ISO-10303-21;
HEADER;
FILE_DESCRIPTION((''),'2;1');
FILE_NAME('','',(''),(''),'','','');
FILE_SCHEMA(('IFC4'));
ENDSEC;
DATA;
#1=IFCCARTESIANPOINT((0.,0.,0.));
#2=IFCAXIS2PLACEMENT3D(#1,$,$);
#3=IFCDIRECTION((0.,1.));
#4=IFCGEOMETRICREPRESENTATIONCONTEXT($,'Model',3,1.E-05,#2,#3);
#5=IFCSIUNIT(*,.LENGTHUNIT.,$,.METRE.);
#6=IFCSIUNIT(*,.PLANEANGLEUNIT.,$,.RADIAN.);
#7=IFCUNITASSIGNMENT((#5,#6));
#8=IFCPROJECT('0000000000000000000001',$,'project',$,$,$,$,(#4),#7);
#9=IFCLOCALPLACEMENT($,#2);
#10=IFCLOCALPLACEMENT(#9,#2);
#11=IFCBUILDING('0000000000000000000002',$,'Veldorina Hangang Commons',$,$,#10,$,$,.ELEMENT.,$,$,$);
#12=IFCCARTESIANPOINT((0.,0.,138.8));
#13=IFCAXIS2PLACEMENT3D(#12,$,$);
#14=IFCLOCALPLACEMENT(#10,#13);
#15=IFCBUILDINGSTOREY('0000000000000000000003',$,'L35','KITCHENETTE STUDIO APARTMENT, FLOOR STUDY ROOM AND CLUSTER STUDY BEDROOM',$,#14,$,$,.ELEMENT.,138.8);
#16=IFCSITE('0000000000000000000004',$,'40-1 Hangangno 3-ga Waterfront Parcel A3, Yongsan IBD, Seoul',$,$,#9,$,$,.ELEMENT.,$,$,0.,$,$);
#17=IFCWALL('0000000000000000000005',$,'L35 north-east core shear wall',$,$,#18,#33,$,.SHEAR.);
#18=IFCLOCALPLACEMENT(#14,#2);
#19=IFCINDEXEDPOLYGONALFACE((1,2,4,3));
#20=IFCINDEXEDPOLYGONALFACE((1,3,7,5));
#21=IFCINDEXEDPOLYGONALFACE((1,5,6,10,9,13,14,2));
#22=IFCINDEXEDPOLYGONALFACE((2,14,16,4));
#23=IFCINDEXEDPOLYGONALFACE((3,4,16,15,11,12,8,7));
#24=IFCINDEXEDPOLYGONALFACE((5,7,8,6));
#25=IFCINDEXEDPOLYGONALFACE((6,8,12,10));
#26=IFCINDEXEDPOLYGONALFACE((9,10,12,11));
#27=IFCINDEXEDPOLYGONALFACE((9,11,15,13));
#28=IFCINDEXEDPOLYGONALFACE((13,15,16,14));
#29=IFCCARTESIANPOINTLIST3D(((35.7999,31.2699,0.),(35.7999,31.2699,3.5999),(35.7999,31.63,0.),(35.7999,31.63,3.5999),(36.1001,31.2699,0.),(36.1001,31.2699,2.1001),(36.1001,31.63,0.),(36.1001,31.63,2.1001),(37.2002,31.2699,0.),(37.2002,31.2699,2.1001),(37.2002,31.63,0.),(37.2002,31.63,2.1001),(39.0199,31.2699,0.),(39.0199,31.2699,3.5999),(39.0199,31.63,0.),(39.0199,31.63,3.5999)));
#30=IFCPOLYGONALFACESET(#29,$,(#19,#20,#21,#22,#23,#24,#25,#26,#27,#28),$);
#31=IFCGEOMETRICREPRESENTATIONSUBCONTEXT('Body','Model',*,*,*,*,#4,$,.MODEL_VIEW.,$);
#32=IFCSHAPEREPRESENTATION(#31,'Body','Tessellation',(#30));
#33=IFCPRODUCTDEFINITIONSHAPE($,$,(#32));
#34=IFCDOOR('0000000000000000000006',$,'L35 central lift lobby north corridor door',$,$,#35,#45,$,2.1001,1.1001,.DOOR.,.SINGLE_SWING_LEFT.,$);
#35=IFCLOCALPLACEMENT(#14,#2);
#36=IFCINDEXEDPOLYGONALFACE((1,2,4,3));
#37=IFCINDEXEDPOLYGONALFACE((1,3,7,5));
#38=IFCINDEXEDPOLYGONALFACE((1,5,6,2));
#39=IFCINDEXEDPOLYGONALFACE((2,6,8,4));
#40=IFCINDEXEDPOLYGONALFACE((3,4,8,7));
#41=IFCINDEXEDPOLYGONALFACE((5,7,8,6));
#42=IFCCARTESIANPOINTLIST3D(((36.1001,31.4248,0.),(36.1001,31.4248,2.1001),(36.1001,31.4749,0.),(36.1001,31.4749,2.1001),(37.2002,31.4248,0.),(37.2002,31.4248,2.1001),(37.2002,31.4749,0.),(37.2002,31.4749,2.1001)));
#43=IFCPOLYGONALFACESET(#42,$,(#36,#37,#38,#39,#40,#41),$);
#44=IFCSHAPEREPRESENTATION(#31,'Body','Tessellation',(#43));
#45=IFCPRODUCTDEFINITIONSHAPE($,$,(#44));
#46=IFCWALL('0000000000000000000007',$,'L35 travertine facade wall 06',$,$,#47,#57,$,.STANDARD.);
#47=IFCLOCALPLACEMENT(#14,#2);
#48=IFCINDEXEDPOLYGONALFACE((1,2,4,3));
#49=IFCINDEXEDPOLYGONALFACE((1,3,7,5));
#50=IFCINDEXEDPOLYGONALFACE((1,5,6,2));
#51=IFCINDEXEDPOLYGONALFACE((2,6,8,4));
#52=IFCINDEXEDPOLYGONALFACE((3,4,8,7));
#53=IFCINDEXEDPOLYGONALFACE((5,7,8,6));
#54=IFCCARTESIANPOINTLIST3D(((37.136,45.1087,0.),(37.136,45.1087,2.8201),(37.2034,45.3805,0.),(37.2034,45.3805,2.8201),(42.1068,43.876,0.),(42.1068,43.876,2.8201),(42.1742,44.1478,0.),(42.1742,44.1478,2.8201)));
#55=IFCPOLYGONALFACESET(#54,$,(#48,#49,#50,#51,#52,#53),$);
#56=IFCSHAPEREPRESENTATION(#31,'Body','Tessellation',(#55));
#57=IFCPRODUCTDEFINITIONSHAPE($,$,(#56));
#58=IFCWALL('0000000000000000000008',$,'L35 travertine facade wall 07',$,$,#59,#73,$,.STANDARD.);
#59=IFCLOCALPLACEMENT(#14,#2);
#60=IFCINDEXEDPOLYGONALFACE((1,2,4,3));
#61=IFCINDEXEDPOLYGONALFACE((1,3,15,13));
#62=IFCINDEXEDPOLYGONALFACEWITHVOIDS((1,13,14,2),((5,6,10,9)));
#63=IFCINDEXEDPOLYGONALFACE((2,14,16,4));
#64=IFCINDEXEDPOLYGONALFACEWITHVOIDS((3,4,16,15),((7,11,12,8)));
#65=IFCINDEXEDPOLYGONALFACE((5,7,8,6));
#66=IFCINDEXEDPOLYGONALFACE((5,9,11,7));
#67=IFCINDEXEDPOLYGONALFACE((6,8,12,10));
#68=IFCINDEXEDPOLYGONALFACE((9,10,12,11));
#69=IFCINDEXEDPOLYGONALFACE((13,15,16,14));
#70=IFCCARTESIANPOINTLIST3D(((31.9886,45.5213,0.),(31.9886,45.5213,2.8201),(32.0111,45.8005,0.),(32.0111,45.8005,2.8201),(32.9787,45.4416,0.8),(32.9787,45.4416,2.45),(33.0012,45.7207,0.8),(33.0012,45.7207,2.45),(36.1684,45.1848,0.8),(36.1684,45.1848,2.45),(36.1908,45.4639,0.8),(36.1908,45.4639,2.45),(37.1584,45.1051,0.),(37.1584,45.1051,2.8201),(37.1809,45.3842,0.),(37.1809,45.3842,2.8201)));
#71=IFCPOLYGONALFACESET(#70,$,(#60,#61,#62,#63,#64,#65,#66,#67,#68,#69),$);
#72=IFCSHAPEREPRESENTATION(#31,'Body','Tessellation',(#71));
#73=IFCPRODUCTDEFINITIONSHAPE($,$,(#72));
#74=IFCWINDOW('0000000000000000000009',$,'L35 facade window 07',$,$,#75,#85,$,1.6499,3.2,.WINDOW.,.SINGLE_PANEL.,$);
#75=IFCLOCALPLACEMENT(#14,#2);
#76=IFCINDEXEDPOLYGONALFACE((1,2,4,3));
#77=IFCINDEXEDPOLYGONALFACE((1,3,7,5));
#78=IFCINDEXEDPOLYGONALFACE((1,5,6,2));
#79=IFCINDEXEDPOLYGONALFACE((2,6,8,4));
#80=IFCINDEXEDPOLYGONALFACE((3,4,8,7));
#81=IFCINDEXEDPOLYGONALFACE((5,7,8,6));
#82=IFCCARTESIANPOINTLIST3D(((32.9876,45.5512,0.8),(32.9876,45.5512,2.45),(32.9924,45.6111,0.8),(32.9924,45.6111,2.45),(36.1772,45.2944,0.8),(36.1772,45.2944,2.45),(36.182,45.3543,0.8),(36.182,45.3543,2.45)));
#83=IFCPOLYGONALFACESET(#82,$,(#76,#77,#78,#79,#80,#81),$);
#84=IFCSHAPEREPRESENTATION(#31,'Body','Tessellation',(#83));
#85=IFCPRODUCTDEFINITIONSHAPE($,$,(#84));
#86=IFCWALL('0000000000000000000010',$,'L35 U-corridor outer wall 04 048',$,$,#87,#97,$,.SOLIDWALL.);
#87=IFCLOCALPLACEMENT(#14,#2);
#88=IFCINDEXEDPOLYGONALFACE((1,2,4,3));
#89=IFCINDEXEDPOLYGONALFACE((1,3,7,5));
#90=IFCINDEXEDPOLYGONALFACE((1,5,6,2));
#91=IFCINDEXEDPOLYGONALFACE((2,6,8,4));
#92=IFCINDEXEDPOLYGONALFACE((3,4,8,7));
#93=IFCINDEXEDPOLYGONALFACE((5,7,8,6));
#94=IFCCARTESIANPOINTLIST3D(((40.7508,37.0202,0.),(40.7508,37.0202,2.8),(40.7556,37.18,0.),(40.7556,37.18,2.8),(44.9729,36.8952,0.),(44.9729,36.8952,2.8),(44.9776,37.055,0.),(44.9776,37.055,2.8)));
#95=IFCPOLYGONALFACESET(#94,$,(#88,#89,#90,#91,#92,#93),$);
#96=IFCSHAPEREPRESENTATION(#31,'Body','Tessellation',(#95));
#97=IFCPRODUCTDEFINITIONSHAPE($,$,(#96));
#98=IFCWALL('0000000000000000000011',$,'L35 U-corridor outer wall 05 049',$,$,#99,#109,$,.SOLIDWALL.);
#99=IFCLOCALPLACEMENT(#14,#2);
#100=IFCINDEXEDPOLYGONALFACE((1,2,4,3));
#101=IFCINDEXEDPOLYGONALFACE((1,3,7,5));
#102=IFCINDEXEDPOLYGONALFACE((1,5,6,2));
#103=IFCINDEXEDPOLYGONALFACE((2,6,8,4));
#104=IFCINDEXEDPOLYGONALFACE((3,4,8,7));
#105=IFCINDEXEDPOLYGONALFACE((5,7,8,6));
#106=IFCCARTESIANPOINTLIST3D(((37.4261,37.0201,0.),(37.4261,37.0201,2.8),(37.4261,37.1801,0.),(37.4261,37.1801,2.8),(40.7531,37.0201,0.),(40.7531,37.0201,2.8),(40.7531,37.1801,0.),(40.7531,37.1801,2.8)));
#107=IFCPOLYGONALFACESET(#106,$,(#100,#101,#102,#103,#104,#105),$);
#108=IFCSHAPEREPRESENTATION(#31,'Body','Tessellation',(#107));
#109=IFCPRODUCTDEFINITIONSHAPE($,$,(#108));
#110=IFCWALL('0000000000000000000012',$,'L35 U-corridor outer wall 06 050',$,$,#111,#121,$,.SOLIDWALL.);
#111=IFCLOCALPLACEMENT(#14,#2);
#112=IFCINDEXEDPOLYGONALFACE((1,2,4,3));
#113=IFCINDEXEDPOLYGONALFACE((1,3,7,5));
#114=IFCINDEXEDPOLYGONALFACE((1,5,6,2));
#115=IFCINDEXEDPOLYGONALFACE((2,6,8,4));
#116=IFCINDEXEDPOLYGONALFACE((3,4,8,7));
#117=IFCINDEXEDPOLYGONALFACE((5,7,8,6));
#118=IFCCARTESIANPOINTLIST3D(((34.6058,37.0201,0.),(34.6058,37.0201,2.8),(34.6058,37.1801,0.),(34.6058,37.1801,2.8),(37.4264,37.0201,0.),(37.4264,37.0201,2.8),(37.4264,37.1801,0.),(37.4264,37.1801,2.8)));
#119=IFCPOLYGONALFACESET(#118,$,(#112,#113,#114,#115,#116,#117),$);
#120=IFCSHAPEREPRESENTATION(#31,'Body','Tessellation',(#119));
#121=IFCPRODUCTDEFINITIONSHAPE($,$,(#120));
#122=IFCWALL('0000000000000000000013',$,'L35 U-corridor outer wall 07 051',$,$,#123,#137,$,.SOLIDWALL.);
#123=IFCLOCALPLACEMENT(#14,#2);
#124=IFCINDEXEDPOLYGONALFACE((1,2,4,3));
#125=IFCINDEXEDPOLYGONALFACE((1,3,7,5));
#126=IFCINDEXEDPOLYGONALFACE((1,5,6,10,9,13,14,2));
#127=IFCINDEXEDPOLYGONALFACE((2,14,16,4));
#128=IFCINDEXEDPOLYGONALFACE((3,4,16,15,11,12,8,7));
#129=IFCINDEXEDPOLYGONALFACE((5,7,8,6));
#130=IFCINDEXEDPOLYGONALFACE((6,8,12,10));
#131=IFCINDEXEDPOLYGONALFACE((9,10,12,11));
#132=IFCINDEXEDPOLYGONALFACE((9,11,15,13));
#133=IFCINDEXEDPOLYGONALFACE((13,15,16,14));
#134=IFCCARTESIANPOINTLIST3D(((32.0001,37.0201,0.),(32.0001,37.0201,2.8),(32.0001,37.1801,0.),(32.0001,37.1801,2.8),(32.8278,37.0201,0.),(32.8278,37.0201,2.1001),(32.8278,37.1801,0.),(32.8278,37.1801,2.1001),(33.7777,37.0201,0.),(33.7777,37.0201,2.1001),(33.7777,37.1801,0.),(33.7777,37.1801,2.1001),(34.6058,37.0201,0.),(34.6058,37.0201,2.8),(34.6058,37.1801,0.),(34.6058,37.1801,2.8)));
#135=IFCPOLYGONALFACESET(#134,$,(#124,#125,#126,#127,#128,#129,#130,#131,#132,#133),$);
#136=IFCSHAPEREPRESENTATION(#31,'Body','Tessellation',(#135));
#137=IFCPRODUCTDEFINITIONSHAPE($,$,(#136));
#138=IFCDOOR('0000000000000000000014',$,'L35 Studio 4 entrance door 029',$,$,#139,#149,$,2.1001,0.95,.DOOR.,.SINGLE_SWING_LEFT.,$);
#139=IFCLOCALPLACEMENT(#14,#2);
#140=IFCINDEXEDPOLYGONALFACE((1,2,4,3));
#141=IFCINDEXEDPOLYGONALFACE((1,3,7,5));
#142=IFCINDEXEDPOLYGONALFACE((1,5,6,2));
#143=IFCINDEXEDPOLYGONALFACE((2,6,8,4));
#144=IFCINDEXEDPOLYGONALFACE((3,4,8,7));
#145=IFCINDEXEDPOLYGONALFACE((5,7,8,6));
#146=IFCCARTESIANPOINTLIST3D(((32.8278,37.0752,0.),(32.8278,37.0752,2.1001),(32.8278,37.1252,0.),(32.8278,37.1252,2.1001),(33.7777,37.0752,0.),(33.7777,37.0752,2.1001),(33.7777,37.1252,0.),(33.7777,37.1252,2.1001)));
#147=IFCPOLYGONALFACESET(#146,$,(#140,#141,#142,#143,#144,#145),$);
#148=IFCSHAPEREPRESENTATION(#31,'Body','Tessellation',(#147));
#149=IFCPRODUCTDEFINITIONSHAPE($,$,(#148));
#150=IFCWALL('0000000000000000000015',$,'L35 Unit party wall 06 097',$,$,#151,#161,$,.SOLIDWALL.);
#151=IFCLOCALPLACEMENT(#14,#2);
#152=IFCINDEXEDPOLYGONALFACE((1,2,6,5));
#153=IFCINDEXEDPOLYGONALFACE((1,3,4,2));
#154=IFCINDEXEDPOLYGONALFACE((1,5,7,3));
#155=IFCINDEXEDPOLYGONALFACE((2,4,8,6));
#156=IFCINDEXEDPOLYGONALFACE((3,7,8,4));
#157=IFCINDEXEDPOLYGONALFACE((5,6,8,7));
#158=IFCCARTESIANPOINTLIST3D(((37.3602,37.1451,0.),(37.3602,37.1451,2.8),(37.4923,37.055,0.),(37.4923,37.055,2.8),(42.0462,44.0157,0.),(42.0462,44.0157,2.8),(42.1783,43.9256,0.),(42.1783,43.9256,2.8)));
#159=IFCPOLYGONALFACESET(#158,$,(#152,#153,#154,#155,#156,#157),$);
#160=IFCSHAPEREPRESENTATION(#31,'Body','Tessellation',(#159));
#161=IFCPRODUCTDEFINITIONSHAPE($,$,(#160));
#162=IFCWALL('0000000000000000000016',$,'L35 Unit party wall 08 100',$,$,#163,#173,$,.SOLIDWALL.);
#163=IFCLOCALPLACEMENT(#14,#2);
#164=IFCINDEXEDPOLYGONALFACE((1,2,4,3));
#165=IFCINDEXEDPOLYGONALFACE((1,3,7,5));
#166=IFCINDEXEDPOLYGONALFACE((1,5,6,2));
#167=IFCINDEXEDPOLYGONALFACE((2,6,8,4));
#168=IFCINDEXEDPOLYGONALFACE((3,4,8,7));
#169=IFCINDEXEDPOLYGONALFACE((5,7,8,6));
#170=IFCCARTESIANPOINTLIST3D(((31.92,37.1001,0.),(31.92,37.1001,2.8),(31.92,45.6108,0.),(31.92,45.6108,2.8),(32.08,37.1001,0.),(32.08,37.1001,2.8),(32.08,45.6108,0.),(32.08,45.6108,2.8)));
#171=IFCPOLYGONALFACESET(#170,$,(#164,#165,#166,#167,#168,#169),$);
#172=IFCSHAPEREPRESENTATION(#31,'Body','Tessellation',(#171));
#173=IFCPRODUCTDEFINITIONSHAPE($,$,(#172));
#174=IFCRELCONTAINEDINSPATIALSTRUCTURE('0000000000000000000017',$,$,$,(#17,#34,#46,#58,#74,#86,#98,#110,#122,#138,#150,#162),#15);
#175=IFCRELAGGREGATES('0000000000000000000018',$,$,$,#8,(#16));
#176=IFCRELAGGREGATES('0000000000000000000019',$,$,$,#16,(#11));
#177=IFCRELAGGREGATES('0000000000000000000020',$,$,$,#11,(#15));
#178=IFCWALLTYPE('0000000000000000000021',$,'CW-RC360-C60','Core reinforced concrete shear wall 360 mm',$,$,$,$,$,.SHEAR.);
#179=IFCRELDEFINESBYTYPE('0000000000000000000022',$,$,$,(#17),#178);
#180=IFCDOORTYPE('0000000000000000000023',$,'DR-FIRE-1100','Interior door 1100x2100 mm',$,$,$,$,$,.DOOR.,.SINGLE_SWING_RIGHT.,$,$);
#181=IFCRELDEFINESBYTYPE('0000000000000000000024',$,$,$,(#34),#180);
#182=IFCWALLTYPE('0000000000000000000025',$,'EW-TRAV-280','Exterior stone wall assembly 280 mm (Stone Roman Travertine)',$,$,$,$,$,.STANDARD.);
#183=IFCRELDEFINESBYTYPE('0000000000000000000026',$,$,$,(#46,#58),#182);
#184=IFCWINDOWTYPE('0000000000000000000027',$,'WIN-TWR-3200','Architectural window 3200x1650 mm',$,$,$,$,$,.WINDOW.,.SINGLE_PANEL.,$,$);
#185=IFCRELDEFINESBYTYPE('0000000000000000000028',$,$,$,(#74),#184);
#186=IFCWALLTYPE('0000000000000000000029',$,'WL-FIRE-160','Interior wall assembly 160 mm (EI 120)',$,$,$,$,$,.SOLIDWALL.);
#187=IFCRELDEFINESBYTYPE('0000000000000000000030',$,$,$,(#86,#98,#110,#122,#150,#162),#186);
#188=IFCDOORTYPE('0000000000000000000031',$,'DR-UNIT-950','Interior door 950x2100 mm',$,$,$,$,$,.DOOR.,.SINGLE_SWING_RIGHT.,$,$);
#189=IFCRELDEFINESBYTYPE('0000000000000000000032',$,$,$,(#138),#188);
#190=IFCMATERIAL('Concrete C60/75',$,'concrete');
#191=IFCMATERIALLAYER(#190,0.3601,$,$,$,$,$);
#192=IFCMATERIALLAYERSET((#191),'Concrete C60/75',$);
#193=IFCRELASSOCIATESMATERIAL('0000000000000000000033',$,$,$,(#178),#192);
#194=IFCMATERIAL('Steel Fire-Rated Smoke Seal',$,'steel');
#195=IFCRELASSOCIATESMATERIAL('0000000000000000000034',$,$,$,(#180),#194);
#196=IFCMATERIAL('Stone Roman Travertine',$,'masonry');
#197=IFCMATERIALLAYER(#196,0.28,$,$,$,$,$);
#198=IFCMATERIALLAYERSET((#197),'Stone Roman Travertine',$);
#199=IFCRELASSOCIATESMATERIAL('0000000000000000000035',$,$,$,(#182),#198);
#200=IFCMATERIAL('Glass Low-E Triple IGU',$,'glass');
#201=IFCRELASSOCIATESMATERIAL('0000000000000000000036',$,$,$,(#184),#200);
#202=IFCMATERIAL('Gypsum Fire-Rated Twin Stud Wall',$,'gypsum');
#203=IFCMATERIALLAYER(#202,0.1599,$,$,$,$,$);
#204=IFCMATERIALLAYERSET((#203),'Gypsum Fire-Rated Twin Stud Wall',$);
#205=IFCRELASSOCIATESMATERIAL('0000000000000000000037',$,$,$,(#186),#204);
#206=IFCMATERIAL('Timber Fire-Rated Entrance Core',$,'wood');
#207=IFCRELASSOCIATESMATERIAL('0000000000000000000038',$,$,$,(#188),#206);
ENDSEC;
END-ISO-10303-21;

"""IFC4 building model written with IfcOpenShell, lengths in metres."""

from ifc_helpers import new_model, si_unit, direction, frame, frame_2d, origin, place, context, subcontext, project, spatial, rectangle, extrude, material, layer, layer_set, type_object, element, fill, save


model = new_model("IFC4")

# Units and contexts
model_context = context("Model", 3, precision=1e-05, world=origin(), true_north=direction((0.0, 1.0)))
body_context = subcontext(model_context, "Body", "Model", "MODEL_VIEW")
ifc_project = project(units=[si_unit("LENGTHUNIT", "METRE"), si_unit("PLANEANGLEUNIT", "RADIAN")], contexts=[model_context])

# Site, building, storey
site_placement = place(None, origin())
site = spatial("IfcSite", under=ifc_project, at=site_placement, Name="40-1 Hangangno 3-ga Waterfront Parcel A3, Yongsan IBD, Seoul", CompositionType="ELEMENT", RefElevation=0.0)
building_placement = place(site_placement, origin())
building = spatial("IfcBuilding", under=site, at=building_placement, Name="Veldorina Hangang Commons", CompositionType="ELEMENT")
storey_placement = place(building_placement, frame((0.0, 0.0, 138.8)))
storey = spatial("IfcBuildingStorey", under=building, at=storey_placement, Name="L35", Description="KITCHENETTE STUDIO APARTMENT, FLOOR STUDY ROOM AND CLUSTER STUDY BEDROOM", CompositionType="ELEMENT", Elevation=138.8)

# Wall, opening, door
ifc_material_1 = material(Name="Concrete C60/75", Category="concrete")
ifc_layer_1 = layer(ifc_material_1, 0.3601)
ifc_layer_set_1 = layer_set([ifc_layer_1], Name="Concrete C60/75")
wall_type_1 = type_object("IfcWallType", Name="CW-RC360-C60", Description="Core reinforced concrete shear wall 360 mm", PredefinedType="SHEAR", material=ifc_layer_set_1)
wall_1_placement = place(storey_placement, frame((35.8, 31.45, 0.0), z_axis=(0.0, 0.0, 1.0), x_axis=(1.0, 0.0, 0.0)))
wall_1 = element("IfcWall", 1, at=wall_1_placement, inside=storey, type_object=wall_type_1, Name="L35 north-east core shear wall", PredefinedType="SHEAR", context=body_context, shape_type="SweptSolid", body=[
    extrude(rectangle(XDim=3.22, YDim=0.3601, at=frame_2d((1.6099, 0.0))), origin(), (0.0, 0.0, 1.0), 3.5999),
])
opening_1_placement = place(wall_1_placement, frame((0.3, 0.0, 0.0)))
opening_1 = element("IfcOpeningElement", 2, at=opening_1_placement, cuts=wall_1, PredefinedType="OPENING", context=body_context, shape_type="SweptSolid", body=[
    extrude(rectangle(XDim=1.1001, YDim=2.1001, at=frame_2d((0.55, 1.05))), frame((0.0, 0.1899, 0.0), z_axis=(0.0, -1.0, 0.0), x_axis=(1.0, 0.0, 0.0)), (0.0, 0.0, 1.0), 0.3801),
])
ifc_material_2 = material(Name="Steel Fire-Rated Smoke Seal", Category="steel")
door_type_1 = type_object("IfcDoorType", Name="DR-FIRE-1100", Description="Interior door 1100x2100 mm", OperationType="SINGLE_SWING_RIGHT", PredefinedType="DOOR", material=ifc_material_2)
door_1_placement = place(opening_1_placement, origin())
door_1 = element("IfcDoor", 3, at=door_1_placement, inside=storey, type_object=door_type_1, Name="L35 central lift lobby north corridor door", OperationType="SINGLE_SWING_LEFT", OverallHeight=2.1001, OverallWidth=1.1001, PredefinedType="DOOR", context=body_context, shape_type="SweptSolid", body=[
    extrude(rectangle(XDim=1.1001, YDim=2.1001, at=frame_2d((0.55, 1.05))), frame((0.0, 0.0249, 0.0), z_axis=(0.0, -1.0, 0.0), x_axis=(1.0, 0.0, 0.0)), (0.0, 0.0, 1.0), 0.05),
])
fill(opening_1, door_1)

# Wall
ifc_material_3 = material(Name="Stone Roman Travertine", Category="masonry")
ifc_layer_2 = layer(ifc_material_3, 0.28)
ifc_layer_set_2 = layer_set([ifc_layer_2], Name="Stone Roman Travertine")
wall_type_2 = type_object("IfcWallType", Name="EW-TRAV-280", Description="Exterior stone wall assembly 280 mm (Stone Roman Travertine)", PredefinedType="STANDARD", material=ifc_layer_set_2)
wall_2_placement = place(storey_placement, frame((42.1404, 44.012, 0.0), z_axis=(0.0, 0.0, 1.0), x_axis=(-0.970601, 0.240696, 0.0)))
element("IfcWall", 4, at=wall_2_placement, inside=storey, type_object=wall_type_2, Name="L35 travertine facade wall 06", PredefinedType="STANDARD", context=body_context, shape_type="SweptSolid", body=[
    extrude(rectangle(XDim=5.1213, YDim=0.28, at=frame_2d((2.5605, 0.0))), origin(), (0.0, 0.0, 1.0), 2.8201),
])

# Wall, opening, window
wall_3_placement = place(storey_placement, frame((37.1697, 45.2446, 0.0), z_axis=(0.0, 0.0, 1.0), x_axis=(-0.996774, 0.08026, 0.0)))
wall_3 = element("IfcWall", 5, at=wall_3_placement, inside=storey, type_object=wall_type_2, Name="L35 travertine facade wall 07", PredefinedType="STANDARD", context=body_context, shape_type="SweptSolid", body=[
    extrude(rectangle(XDim=5.1865, YDim=0.28, at=frame_2d((2.5933, 0.0))), origin(), (0.0, 0.0, 1.0), 2.8201),
])
opening_2_placement = place(wall_3_placement, frame((0.9932, 0.0, 0.8)))
opening_2 = element("IfcOpeningElement", 6, at=opening_2_placement, cuts=wall_3, PredefinedType="OPENING", context=body_context, shape_type="SweptSolid", body=[
    extrude(rectangle(XDim=3.2, YDim=1.6499, at=frame_2d((1.6001, 0.825))), frame((0.0, 0.1499, 0.0), z_axis=(0.0, -1.0, 0.0), x_axis=(1.0, 0.0, 0.0)), (0.0, 0.0, 1.0), 0.3),
])
ifc_material_4 = material(Name="Glass Low-E Triple IGU", Category="glass")
window_type = type_object("IfcWindowType", Name="WIN-TWR-3200", Description="Architectural window 3200x1650 mm", PartitioningType="SINGLE_PANEL", PredefinedType="WINDOW", material=ifc_material_4)
window_placement = place(opening_2_placement, origin())
window = element("IfcWindow", 7, at=window_placement, inside=storey, type_object=window_type, Name="L35 facade window 07", OverallHeight=1.6499, OverallWidth=3.2, PartitioningType="SINGLE_PANEL", PredefinedType="WINDOW", context=body_context, shape_type="SweptSolid", body=[
    extrude(rectangle(XDim=3.2, YDim=1.6499, at=frame_2d((1.6001, 0.825))), frame((0.0, 0.03, 0.0), z_axis=(0.0, -1.0, 0.0), x_axis=(1.0, 0.0, 0.0)), (0.0, 0.0, 1.0), 0.0601),
])
fill(opening_2, window)

# Walls
ifc_material_5 = material(Name="Gypsum Fire-Rated Twin Stud Wall", Category="gypsum")
ifc_layer_3 = layer(ifc_material_5, 0.1599)
ifc_layer_set_3 = layer_set([ifc_layer_3], Name="Gypsum Fire-Rated Twin Stud Wall")
wall_type_3 = type_object("IfcWallType", Name="WL-FIRE-160", Description="Interior wall assembly 160 mm (EI 120)", PredefinedType="SOLIDWALL", material=ifc_layer_set_3)
wall_4_placement = place(storey_placement, frame((44.9751, 36.9751, 0.0), z_axis=(0.0, 0.0, 1.0), x_axis=(-0.999562, 0.029594, 0.0)))
element("IfcWall", 8, at=wall_4_placement, inside=storey, type_object=wall_type_3, Name="L35 U-corridor outer wall 04 048", PredefinedType="SOLIDWALL", context=body_context, shape_type="SweptSolid", body=[
    extrude(rectangle(XDim=4.2239, YDim=0.1599, at=frame_2d((2.1118, 0.0))), origin(), (0.0, 0.0, 1.0), 2.8),
])
wall_5_placement = place(storey_placement, frame((40.7532, 37.1001, 0.0), z_axis=(0.0, 0.0, 1.0), x_axis=(-1.0, 0.0, 0.0)))
element("IfcWall", 9, at=wall_5_placement, inside=storey, type_object=wall_type_3, Name="L35 U-corridor outer wall 05 049", PredefinedType="SOLIDWALL", context=body_context, shape_type="SweptSolid", body=[
    extrude(rectangle(XDim=3.3269, YDim=0.1599, at=frame_2d((1.6636, 0.0))), origin(), (0.0, 0.0, 1.0), 2.8),
])
wall_6_placement = place(storey_placement, frame((37.4263, 37.1001, 0.0), z_axis=(0.0, 0.0, 1.0), x_axis=(-1.0, 0.0, 0.0)))
element("IfcWall", 10, at=wall_6_placement, inside=storey, type_object=wall_type_3, Name="L35 U-corridor outer wall 06 050", PredefinedType="SOLIDWALL", context=body_context, shape_type="SweptSolid", body=[
    extrude(rectangle(XDim=2.8206, YDim=0.1599, at=frame_2d((1.4102, 0.0))), origin(), (0.0, 0.0, 1.0), 2.8),
])

# Wall, opening, door
wall_7_placement = place(storey_placement, frame((34.6057, 37.1001, 0.0), z_axis=(0.0, 0.0, 1.0), x_axis=(-1.0, 0.0, 0.0)))
wall_7 = element("IfcWall", 11, at=wall_7_placement, inside=storey, type_object=wall_type_3, Name="L35 U-corridor outer wall 07 051", PredefinedType="SOLIDWALL", context=body_context, shape_type="SweptSolid", body=[
    extrude(rectangle(XDim=2.6057, YDim=0.1599, at=frame_2d((1.3027, 0.0))), origin(), (0.0, 0.0, 1.0), 2.8),
])
opening_3_placement = place(wall_7_placement, frame((0.8279, 0.0, 0.0)))
opening_3 = element("IfcOpeningElement", 12, at=opening_3_placement, cuts=wall_7, PredefinedType="OPENING", context=body_context, shape_type="SweptSolid", body=[
    extrude(rectangle(XDim=0.95, YDim=2.1001, at=frame_2d((0.4751, 1.05))), frame((0.0, 0.0898, 0.0), z_axis=(0.0, -1.0, 0.0), x_axis=(1.0, 0.0, 0.0)), (0.0, 0.0, 1.0), 0.1799),
])
ifc_material_6 = material(Name="Timber Fire-Rated Entrance Core", Category="wood")
door_type_2 = type_object("IfcDoorType", Name="DR-UNIT-950", Description="Interior door 950x2100 mm", OperationType="SINGLE_SWING_RIGHT", PredefinedType="DOOR", material=ifc_material_6)
door_2_placement = place(opening_3_placement, origin())
door_2 = element("IfcDoor", 13, at=door_2_placement, inside=storey, type_object=door_type_2, Name="L35 Studio 4 entrance door 029", OperationType="SINGLE_SWING_LEFT", OverallHeight=2.1001, OverallWidth=0.95, PredefinedType="DOOR", context=body_context, shape_type="SweptSolid", body=[
    extrude(rectangle(XDim=0.95, YDim=2.1001, at=frame_2d((0.4751, 1.05))), frame((0.0, 0.0249, 0.0), z_axis=(0.0, -1.0, 0.0), x_axis=(1.0, 0.0, 0.0)), (0.0, 0.0, 1.0), 0.05),
])
fill(opening_3, door_2)

# Walls
wall_8_placement = place(storey_placement, frame((37.4263, 37.1001, 0.0), z_axis=(0.0, 0.0, 1.0), x_axis=(0.563463, 0.826142, 0.0)))
element("IfcWall", 14, at=wall_8_placement, inside=storey, type_object=wall_type_3, Name="L35 Unit party wall 06 097", PredefinedType="SOLIDWALL", context=body_context, shape_type="SweptSolid", body=[
    extrude(rectangle(XDim=8.3164, YDim=0.1599, at=frame_2d((4.1582, 0.0))), origin(), (0.0, 0.0, 1.0), 2.8),
])
wall_9_placement = place(storey_placement, frame((32.0, 37.1001, 0.0), z_axis=(0.0, 0.0, 1.0), x_axis=(0.0, 1.0, 0.0)))
element("IfcWall", 15, at=wall_9_placement, inside=storey, type_object=wall_type_3, Name="L35 Unit party wall 08 100", PredefinedType="SOLIDWALL", context=body_context, shape_type="SweptSolid", body=[
    extrude(rectangle(XDim=8.5107, YDim=0.1599, at=frame_2d((4.2554, 0.0))), origin(), (0.0, 0.0, 1.0), 2.8),
])

save(model, "model.ifc")
